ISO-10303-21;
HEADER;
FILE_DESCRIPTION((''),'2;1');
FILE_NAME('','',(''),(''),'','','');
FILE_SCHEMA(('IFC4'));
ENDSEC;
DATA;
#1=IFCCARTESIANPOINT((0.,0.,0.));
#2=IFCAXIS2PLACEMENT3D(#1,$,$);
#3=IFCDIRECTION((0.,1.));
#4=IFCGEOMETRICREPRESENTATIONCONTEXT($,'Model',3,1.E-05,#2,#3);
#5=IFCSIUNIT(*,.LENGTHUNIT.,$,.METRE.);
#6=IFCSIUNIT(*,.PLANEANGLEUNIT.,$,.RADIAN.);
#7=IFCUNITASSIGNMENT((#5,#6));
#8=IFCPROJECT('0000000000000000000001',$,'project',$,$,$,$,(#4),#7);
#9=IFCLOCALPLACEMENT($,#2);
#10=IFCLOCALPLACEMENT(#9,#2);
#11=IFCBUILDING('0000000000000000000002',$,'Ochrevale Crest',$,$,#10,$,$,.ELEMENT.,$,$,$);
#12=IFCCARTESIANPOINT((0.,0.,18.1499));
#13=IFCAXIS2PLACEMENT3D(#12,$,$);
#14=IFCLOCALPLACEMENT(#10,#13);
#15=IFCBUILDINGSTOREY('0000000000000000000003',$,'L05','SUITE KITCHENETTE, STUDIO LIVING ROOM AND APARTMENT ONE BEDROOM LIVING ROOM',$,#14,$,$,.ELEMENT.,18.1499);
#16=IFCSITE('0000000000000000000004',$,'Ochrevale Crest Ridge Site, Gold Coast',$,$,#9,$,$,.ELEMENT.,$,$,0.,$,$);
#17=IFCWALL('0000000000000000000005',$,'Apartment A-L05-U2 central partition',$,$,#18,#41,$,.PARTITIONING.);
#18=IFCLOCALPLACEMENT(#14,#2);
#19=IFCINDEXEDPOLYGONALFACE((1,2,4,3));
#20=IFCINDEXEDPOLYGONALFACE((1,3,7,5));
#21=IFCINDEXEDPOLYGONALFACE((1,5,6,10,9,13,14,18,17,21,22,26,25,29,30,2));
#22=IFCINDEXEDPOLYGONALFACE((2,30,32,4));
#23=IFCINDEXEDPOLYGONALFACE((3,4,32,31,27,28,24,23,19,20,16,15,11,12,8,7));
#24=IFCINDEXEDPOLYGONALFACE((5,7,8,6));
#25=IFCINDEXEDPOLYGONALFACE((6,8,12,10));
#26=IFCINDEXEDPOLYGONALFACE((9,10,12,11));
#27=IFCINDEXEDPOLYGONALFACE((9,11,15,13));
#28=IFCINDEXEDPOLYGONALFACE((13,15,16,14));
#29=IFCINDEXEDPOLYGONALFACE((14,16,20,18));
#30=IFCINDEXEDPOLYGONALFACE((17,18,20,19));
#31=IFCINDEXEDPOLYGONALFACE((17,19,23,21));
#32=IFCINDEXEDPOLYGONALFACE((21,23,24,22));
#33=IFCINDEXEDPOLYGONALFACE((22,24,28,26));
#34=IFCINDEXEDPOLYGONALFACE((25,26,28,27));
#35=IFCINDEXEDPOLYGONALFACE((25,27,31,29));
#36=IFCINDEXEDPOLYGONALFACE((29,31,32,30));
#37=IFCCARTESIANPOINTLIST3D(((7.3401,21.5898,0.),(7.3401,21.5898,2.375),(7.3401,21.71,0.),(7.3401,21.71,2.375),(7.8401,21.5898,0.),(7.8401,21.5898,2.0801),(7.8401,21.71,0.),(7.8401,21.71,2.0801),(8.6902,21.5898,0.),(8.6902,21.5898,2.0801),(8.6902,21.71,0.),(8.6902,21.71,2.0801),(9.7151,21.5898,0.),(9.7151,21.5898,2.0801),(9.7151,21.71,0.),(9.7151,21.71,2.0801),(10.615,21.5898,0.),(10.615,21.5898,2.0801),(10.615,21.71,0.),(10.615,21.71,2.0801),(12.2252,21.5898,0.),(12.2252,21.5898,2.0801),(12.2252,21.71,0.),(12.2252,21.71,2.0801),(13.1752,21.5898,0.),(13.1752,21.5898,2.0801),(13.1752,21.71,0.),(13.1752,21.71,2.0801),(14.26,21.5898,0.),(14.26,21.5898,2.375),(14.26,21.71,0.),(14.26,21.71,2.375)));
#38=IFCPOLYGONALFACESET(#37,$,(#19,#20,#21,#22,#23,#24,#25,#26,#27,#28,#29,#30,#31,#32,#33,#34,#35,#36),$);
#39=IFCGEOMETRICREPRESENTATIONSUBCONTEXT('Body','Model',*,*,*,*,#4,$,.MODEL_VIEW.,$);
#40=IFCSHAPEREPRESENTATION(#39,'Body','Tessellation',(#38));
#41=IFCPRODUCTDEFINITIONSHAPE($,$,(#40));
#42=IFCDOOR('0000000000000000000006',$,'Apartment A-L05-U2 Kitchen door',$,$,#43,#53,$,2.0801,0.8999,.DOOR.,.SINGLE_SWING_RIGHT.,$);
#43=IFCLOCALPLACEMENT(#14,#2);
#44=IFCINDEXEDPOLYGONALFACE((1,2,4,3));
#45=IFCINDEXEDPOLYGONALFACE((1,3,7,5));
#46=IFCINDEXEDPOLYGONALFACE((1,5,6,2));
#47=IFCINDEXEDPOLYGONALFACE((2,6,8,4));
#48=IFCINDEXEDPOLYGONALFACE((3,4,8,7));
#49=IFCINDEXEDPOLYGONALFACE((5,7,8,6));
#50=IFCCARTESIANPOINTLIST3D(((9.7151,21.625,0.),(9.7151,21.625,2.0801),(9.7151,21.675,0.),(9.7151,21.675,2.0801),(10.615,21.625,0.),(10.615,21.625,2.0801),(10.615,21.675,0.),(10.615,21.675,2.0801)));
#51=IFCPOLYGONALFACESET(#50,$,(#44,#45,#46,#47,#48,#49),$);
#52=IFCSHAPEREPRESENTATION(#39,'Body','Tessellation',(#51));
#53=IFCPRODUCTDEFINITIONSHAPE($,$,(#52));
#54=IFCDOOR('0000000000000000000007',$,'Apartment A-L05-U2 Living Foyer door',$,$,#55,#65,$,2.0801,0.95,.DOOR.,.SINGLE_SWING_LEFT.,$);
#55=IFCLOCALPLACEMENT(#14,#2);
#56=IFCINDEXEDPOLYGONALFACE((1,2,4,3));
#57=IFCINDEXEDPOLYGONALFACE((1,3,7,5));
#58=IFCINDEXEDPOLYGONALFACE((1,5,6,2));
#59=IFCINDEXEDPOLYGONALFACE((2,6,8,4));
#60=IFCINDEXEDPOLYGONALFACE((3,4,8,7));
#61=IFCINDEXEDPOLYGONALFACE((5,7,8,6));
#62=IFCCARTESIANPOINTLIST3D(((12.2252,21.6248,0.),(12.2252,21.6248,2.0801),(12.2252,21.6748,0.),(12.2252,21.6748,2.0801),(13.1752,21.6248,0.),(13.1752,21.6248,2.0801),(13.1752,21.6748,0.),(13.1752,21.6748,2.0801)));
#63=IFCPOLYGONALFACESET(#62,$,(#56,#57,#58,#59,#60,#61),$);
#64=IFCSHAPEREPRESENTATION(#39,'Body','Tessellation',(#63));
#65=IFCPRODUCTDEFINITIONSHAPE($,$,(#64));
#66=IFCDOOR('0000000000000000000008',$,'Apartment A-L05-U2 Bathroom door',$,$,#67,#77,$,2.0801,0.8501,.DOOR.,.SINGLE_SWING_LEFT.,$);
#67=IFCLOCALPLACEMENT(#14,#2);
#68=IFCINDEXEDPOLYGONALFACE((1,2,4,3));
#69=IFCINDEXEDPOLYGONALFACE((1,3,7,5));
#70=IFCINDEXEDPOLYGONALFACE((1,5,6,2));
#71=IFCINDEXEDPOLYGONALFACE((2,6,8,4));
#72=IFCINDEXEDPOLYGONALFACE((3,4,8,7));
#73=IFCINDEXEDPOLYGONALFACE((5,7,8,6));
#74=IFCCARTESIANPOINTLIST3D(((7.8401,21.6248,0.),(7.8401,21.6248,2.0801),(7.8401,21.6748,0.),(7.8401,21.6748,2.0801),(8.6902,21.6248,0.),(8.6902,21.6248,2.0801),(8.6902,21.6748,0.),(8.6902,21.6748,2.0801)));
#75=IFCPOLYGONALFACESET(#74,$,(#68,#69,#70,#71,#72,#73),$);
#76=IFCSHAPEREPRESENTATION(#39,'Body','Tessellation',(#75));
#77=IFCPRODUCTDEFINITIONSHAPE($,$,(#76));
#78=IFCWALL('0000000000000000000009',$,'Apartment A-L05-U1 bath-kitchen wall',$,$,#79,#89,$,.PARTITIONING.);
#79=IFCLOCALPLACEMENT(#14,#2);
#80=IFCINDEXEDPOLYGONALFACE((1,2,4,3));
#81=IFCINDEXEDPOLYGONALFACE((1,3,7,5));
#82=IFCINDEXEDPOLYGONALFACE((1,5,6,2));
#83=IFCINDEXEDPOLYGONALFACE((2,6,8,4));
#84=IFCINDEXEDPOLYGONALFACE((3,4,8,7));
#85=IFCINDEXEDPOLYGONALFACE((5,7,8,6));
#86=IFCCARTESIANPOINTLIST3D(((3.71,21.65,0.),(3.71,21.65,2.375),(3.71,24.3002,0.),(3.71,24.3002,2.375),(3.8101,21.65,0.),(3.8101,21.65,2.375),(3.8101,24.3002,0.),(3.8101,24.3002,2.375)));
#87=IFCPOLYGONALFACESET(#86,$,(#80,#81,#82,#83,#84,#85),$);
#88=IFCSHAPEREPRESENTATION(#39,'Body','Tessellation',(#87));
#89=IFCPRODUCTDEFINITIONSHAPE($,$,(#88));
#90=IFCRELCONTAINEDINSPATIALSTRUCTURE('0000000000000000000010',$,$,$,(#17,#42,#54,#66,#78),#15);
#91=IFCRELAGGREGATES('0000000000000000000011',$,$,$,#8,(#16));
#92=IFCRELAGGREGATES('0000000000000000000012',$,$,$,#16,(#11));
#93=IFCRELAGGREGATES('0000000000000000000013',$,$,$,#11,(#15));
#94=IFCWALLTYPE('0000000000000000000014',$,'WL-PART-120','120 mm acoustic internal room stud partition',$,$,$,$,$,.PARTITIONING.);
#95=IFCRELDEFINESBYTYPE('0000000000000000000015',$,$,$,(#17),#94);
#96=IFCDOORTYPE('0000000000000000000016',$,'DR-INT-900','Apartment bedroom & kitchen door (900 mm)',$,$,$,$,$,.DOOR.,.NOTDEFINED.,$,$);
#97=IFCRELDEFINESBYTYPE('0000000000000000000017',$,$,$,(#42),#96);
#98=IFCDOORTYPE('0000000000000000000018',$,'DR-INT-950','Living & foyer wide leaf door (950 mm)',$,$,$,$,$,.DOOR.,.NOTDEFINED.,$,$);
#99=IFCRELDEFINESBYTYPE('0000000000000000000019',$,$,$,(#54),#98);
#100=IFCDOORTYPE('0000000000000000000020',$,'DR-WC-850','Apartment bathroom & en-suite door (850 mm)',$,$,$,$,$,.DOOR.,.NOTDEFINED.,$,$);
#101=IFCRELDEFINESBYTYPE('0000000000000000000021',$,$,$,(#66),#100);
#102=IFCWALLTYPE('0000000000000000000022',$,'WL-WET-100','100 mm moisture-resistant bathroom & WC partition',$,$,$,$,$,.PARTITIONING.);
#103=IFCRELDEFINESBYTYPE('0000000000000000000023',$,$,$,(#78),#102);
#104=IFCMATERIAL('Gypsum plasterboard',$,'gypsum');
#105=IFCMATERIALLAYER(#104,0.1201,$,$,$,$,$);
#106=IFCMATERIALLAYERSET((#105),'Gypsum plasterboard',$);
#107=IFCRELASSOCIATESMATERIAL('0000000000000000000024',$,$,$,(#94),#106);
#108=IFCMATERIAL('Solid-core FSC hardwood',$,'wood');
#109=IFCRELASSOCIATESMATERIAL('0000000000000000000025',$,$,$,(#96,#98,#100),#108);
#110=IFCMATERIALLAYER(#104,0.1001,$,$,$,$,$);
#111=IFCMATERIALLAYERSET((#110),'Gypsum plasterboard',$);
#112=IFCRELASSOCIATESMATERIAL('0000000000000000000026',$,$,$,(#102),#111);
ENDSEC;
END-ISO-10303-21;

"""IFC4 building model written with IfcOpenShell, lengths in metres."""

from ifc_helpers import new_model, si_unit, direction, frame, frame_2d, origin, place, context, subcontext, project, spatial, rectangle, extrude, material, layer, layer_set, type_object, element, fill, save


model = new_model("IFC4")

# Units and contexts
model_context = context("Model", 3, precision=1e-05, world=origin(), true_north=direction((0.0, 1.0)))
body_context = subcontext(model_context, "Body", "Model", "MODEL_VIEW")
ifc_project = project(units=[si_unit("LENGTHUNIT", "METRE"), si_unit("PLANEANGLEUNIT", "RADIAN")], contexts=[model_context])

# Site, building, storey
site_placement = place(None, origin())
site = spatial("IfcSite", under=ifc_project, at=site_placement, Name="Ochrevale Crest Ridge Site, Gold Coast", CompositionType="ELEMENT", RefElevation=0.0)
building_placement = place(site_placement, origin())
building = spatial("IfcBuilding", under=site, at=building_placement, Name="Ochrevale Crest", CompositionType="ELEMENT")
storey_placement = place(building_placement, frame((0.0, 0.0, 18.1499)))
storey = spatial("IfcBuildingStorey", under=building, at=storey_placement, Name="L05", Description="SUITE KITCHENETTE, STUDIO LIVING ROOM AND APARTMENT ONE BEDROOM LIVING ROOM", CompositionType="ELEMENT", Elevation=18.1499)

# Shared definitions
ifc_material_1 = material(Name="Gypsum plasterboard", Category="gypsum")
ifc_layer_1 = layer(ifc_material_1, 0.1201)
ifc_layer_set_1 = layer_set([ifc_layer_1], Name="Gypsum plasterboard")
wall_type_1 = type_object("IfcWallType", Name="WL-PART-120", Description="120 mm acoustic internal room stud partition", PredefinedType="PARTITIONING", material=ifc_layer_set_1)

# Wall, openings, doors
wall_1_placement = place(storey_placement, frame((7.3401, 21.6499, 0.0), z_axis=(0.0, 0.0, 1.0), x_axis=(1.0, 0.0, 0.0)))
wall_1 = element("IfcWall", 1, at=wall_1_placement, inside=storey, type_object=wall_type_1, Name="Apartment A-L05-U2 central partition", PredefinedType="PARTITIONING", context=body_context, shape_type="SweptSolid", body=[
    extrude(rectangle(XDim=6.9199, YDim=0.1201, at=frame_2d((3.46, 0.0))), origin(), (0.0, 0.0, 1.0), 2.375),
])
opening_1_placement = place(wall_1_placement, frame((0.5, 0.0, 0.0)))
opening_1 = element("IfcOpeningElement", 2, at=opening_1_placement, cuts=wall_1, PredefinedType="OPENING", context=body_context, shape_type="SweptSolid", body=[
    extrude(rectangle(XDim=0.8501, YDim=2.0801, at=frame_2d((0.425, 1.04))), frame((0.0, 0.0701, 0.0), z_axis=(0.0, -1.0, 0.0), x_axis=(1.0, 0.0, 0.0)), (0.0, 0.0, 1.0), 0.1401),
])
opening_2_placement = place(wall_1_placement, frame((3.2749, 0.0, 0.0), z_axis=(0.0, 0.0, 1.0), x_axis=(-1.0, 0.0, 0.0)))
opening_2 = element("IfcOpeningElement", 3, at=opening_2_placement, cuts=wall_1, PredefinedType="OPENING", context=body_context, shape_type="SweptSolid", body=[
    extrude(rectangle(XDim=0.8999, YDim=2.0801, at=frame_2d((0.45, 1.04))), frame((0.0, 0.0701, 0.0), z_axis=(0.0, -1.0, 0.0), x_axis=(1.0, 0.0, 0.0)), (0.0, 0.0, 1.0), 0.1401),
])
opening_3_placement = place(wall_1_placement, frame((4.885, 0.0, 0.0)))
opening_3 = element("IfcOpeningElement", 4, at=opening_3_placement, cuts=wall_1, PredefinedType="OPENING", context=body_context, shape_type="SweptSolid", body=[
    extrude(rectangle(XDim=0.95, YDim=2.0801, at=frame_2d((0.4751, 1.04))), frame((0.0, 0.0701, 0.0), z_axis=(0.0, -1.0, 0.0), x_axis=(1.0, 0.0, 0.0)), (0.0, 0.0, 1.0), 0.1401),
])
ifc_material_2 = material(Name="Solid-core FSC hardwood", Category="wood")
door_type_1 = type_object("IfcDoorType", Name="DR-INT-900", Description="Apartment bedroom & kitchen door (900 mm)", OperationType="NOTDEFINED", PredefinedType="DOOR", material=ifc_material_2)
door_1_placement = place(opening_2_placement, origin())
door_1 = element("IfcDoor", 5, at=door_1_placement, inside=storey, type_object=door_type_1, Name="Apartment A-L05-U2 Kitchen door", OperationType="SINGLE_SWING_RIGHT", OverallHeight=2.0801, OverallWidth=0.8999, PredefinedType="DOOR", context=body_context, shape_type="SweptSolid", body=[
    extrude(rectangle(XDim=0.8999, YDim=2.0801, at=frame_2d((0.45, 1.04))), frame((0.0, 0.0249, 0.0), z_axis=(0.0, -1.0, 0.0), x_axis=(1.0, 0.0, 0.0)), (0.0, 0.0, 1.0), 0.05),
])
fill(opening_2, door_1)
door_type_2 = type_object("IfcDoorType", Name="DR-INT-950", Description="Living & foyer wide leaf door (950 mm)", OperationType="NOTDEFINED", PredefinedType="DOOR", material=ifc_material_2)
door_2_placement = place(opening_3_placement, origin())
door_2 = element("IfcDoor", 6, at=door_2_placement, inside=storey, type_object=door_type_2, Name="Apartment A-L05-U2 Living Foyer door", OperationType="SINGLE_SWING_LEFT", OverallHeight=2.0801, OverallWidth=0.95, PredefinedType="DOOR", context=body_context, shape_type="SweptSolid", body=[
    extrude(rectangle(XDim=0.95, YDim=2.0801, at=frame_2d((0.4751, 1.04))), frame((0.0, 0.0249, 0.0), z_axis=(0.0, -1.0, 0.0), x_axis=(1.0, 0.0, 0.0)), (0.0, 0.0, 1.0), 0.05),
])
fill(opening_3, door_2)
door_type_3 = type_object("IfcDoorType", Name="DR-WC-850", Description="Apartment bathroom & en-suite door (850 mm)", OperationType="NOTDEFINED", PredefinedType="DOOR", material=ifc_material_2)
door_3_placement = place(opening_1_placement, origin())
door_3 = element("IfcDoor", 7, at=door_3_placement, inside=storey, type_object=door_type_3, Name="Apartment A-L05-U2 Bathroom door", OperationType="SINGLE_SWING_LEFT", OverallHeight=2.0801, OverallWidth=0.8501, PredefinedType="DOOR", context=body_context, shape_type="SweptSolid", body=[
    extrude(rectangle(XDim=0.8501, YDim=2.0801, at=frame_2d((0.425, 1.04))), frame((0.0, 0.0249, 0.0), z_axis=(0.0, -1.0, 0.0), x_axis=(1.0, 0.0, 0.0)), (0.0, 0.0, 1.0), 0.05),
])
fill(opening_1, door_3)

# Wall
ifc_layer_2 = layer(ifc_material_1, 0.1001)
ifc_layer_set_2 = layer_set([ifc_layer_2], Name="Gypsum plasterboard")
wall_type_2 = type_object("IfcWallType", Name="WL-WET-100", Description="100 mm moisture-resistant bathroom & WC partition", PredefinedType="PARTITIONING", material=ifc_layer_set_2)
wall_2_placement = place(storey_placement, frame((3.76, 21.6499, 0.0), z_axis=(0.0, 0.0, 1.0), x_axis=(0.0, 1.0, 0.0)))
element("IfcWall", 8, at=wall_2_placement, inside=storey, type_object=wall_type_2, Name="Apartment A-L05-U1 bath-kitchen wall", PredefinedType="PARTITIONING", context=body_context, shape_type="SweptSolid", body=[
    extrude(rectangle(XDim=2.6501, YDim=0.1001, at=frame_2d((1.3252, 0.0))), origin(), (0.0, 0.0, 1.0), 2.375),
])

save(model, "model.ifc")
